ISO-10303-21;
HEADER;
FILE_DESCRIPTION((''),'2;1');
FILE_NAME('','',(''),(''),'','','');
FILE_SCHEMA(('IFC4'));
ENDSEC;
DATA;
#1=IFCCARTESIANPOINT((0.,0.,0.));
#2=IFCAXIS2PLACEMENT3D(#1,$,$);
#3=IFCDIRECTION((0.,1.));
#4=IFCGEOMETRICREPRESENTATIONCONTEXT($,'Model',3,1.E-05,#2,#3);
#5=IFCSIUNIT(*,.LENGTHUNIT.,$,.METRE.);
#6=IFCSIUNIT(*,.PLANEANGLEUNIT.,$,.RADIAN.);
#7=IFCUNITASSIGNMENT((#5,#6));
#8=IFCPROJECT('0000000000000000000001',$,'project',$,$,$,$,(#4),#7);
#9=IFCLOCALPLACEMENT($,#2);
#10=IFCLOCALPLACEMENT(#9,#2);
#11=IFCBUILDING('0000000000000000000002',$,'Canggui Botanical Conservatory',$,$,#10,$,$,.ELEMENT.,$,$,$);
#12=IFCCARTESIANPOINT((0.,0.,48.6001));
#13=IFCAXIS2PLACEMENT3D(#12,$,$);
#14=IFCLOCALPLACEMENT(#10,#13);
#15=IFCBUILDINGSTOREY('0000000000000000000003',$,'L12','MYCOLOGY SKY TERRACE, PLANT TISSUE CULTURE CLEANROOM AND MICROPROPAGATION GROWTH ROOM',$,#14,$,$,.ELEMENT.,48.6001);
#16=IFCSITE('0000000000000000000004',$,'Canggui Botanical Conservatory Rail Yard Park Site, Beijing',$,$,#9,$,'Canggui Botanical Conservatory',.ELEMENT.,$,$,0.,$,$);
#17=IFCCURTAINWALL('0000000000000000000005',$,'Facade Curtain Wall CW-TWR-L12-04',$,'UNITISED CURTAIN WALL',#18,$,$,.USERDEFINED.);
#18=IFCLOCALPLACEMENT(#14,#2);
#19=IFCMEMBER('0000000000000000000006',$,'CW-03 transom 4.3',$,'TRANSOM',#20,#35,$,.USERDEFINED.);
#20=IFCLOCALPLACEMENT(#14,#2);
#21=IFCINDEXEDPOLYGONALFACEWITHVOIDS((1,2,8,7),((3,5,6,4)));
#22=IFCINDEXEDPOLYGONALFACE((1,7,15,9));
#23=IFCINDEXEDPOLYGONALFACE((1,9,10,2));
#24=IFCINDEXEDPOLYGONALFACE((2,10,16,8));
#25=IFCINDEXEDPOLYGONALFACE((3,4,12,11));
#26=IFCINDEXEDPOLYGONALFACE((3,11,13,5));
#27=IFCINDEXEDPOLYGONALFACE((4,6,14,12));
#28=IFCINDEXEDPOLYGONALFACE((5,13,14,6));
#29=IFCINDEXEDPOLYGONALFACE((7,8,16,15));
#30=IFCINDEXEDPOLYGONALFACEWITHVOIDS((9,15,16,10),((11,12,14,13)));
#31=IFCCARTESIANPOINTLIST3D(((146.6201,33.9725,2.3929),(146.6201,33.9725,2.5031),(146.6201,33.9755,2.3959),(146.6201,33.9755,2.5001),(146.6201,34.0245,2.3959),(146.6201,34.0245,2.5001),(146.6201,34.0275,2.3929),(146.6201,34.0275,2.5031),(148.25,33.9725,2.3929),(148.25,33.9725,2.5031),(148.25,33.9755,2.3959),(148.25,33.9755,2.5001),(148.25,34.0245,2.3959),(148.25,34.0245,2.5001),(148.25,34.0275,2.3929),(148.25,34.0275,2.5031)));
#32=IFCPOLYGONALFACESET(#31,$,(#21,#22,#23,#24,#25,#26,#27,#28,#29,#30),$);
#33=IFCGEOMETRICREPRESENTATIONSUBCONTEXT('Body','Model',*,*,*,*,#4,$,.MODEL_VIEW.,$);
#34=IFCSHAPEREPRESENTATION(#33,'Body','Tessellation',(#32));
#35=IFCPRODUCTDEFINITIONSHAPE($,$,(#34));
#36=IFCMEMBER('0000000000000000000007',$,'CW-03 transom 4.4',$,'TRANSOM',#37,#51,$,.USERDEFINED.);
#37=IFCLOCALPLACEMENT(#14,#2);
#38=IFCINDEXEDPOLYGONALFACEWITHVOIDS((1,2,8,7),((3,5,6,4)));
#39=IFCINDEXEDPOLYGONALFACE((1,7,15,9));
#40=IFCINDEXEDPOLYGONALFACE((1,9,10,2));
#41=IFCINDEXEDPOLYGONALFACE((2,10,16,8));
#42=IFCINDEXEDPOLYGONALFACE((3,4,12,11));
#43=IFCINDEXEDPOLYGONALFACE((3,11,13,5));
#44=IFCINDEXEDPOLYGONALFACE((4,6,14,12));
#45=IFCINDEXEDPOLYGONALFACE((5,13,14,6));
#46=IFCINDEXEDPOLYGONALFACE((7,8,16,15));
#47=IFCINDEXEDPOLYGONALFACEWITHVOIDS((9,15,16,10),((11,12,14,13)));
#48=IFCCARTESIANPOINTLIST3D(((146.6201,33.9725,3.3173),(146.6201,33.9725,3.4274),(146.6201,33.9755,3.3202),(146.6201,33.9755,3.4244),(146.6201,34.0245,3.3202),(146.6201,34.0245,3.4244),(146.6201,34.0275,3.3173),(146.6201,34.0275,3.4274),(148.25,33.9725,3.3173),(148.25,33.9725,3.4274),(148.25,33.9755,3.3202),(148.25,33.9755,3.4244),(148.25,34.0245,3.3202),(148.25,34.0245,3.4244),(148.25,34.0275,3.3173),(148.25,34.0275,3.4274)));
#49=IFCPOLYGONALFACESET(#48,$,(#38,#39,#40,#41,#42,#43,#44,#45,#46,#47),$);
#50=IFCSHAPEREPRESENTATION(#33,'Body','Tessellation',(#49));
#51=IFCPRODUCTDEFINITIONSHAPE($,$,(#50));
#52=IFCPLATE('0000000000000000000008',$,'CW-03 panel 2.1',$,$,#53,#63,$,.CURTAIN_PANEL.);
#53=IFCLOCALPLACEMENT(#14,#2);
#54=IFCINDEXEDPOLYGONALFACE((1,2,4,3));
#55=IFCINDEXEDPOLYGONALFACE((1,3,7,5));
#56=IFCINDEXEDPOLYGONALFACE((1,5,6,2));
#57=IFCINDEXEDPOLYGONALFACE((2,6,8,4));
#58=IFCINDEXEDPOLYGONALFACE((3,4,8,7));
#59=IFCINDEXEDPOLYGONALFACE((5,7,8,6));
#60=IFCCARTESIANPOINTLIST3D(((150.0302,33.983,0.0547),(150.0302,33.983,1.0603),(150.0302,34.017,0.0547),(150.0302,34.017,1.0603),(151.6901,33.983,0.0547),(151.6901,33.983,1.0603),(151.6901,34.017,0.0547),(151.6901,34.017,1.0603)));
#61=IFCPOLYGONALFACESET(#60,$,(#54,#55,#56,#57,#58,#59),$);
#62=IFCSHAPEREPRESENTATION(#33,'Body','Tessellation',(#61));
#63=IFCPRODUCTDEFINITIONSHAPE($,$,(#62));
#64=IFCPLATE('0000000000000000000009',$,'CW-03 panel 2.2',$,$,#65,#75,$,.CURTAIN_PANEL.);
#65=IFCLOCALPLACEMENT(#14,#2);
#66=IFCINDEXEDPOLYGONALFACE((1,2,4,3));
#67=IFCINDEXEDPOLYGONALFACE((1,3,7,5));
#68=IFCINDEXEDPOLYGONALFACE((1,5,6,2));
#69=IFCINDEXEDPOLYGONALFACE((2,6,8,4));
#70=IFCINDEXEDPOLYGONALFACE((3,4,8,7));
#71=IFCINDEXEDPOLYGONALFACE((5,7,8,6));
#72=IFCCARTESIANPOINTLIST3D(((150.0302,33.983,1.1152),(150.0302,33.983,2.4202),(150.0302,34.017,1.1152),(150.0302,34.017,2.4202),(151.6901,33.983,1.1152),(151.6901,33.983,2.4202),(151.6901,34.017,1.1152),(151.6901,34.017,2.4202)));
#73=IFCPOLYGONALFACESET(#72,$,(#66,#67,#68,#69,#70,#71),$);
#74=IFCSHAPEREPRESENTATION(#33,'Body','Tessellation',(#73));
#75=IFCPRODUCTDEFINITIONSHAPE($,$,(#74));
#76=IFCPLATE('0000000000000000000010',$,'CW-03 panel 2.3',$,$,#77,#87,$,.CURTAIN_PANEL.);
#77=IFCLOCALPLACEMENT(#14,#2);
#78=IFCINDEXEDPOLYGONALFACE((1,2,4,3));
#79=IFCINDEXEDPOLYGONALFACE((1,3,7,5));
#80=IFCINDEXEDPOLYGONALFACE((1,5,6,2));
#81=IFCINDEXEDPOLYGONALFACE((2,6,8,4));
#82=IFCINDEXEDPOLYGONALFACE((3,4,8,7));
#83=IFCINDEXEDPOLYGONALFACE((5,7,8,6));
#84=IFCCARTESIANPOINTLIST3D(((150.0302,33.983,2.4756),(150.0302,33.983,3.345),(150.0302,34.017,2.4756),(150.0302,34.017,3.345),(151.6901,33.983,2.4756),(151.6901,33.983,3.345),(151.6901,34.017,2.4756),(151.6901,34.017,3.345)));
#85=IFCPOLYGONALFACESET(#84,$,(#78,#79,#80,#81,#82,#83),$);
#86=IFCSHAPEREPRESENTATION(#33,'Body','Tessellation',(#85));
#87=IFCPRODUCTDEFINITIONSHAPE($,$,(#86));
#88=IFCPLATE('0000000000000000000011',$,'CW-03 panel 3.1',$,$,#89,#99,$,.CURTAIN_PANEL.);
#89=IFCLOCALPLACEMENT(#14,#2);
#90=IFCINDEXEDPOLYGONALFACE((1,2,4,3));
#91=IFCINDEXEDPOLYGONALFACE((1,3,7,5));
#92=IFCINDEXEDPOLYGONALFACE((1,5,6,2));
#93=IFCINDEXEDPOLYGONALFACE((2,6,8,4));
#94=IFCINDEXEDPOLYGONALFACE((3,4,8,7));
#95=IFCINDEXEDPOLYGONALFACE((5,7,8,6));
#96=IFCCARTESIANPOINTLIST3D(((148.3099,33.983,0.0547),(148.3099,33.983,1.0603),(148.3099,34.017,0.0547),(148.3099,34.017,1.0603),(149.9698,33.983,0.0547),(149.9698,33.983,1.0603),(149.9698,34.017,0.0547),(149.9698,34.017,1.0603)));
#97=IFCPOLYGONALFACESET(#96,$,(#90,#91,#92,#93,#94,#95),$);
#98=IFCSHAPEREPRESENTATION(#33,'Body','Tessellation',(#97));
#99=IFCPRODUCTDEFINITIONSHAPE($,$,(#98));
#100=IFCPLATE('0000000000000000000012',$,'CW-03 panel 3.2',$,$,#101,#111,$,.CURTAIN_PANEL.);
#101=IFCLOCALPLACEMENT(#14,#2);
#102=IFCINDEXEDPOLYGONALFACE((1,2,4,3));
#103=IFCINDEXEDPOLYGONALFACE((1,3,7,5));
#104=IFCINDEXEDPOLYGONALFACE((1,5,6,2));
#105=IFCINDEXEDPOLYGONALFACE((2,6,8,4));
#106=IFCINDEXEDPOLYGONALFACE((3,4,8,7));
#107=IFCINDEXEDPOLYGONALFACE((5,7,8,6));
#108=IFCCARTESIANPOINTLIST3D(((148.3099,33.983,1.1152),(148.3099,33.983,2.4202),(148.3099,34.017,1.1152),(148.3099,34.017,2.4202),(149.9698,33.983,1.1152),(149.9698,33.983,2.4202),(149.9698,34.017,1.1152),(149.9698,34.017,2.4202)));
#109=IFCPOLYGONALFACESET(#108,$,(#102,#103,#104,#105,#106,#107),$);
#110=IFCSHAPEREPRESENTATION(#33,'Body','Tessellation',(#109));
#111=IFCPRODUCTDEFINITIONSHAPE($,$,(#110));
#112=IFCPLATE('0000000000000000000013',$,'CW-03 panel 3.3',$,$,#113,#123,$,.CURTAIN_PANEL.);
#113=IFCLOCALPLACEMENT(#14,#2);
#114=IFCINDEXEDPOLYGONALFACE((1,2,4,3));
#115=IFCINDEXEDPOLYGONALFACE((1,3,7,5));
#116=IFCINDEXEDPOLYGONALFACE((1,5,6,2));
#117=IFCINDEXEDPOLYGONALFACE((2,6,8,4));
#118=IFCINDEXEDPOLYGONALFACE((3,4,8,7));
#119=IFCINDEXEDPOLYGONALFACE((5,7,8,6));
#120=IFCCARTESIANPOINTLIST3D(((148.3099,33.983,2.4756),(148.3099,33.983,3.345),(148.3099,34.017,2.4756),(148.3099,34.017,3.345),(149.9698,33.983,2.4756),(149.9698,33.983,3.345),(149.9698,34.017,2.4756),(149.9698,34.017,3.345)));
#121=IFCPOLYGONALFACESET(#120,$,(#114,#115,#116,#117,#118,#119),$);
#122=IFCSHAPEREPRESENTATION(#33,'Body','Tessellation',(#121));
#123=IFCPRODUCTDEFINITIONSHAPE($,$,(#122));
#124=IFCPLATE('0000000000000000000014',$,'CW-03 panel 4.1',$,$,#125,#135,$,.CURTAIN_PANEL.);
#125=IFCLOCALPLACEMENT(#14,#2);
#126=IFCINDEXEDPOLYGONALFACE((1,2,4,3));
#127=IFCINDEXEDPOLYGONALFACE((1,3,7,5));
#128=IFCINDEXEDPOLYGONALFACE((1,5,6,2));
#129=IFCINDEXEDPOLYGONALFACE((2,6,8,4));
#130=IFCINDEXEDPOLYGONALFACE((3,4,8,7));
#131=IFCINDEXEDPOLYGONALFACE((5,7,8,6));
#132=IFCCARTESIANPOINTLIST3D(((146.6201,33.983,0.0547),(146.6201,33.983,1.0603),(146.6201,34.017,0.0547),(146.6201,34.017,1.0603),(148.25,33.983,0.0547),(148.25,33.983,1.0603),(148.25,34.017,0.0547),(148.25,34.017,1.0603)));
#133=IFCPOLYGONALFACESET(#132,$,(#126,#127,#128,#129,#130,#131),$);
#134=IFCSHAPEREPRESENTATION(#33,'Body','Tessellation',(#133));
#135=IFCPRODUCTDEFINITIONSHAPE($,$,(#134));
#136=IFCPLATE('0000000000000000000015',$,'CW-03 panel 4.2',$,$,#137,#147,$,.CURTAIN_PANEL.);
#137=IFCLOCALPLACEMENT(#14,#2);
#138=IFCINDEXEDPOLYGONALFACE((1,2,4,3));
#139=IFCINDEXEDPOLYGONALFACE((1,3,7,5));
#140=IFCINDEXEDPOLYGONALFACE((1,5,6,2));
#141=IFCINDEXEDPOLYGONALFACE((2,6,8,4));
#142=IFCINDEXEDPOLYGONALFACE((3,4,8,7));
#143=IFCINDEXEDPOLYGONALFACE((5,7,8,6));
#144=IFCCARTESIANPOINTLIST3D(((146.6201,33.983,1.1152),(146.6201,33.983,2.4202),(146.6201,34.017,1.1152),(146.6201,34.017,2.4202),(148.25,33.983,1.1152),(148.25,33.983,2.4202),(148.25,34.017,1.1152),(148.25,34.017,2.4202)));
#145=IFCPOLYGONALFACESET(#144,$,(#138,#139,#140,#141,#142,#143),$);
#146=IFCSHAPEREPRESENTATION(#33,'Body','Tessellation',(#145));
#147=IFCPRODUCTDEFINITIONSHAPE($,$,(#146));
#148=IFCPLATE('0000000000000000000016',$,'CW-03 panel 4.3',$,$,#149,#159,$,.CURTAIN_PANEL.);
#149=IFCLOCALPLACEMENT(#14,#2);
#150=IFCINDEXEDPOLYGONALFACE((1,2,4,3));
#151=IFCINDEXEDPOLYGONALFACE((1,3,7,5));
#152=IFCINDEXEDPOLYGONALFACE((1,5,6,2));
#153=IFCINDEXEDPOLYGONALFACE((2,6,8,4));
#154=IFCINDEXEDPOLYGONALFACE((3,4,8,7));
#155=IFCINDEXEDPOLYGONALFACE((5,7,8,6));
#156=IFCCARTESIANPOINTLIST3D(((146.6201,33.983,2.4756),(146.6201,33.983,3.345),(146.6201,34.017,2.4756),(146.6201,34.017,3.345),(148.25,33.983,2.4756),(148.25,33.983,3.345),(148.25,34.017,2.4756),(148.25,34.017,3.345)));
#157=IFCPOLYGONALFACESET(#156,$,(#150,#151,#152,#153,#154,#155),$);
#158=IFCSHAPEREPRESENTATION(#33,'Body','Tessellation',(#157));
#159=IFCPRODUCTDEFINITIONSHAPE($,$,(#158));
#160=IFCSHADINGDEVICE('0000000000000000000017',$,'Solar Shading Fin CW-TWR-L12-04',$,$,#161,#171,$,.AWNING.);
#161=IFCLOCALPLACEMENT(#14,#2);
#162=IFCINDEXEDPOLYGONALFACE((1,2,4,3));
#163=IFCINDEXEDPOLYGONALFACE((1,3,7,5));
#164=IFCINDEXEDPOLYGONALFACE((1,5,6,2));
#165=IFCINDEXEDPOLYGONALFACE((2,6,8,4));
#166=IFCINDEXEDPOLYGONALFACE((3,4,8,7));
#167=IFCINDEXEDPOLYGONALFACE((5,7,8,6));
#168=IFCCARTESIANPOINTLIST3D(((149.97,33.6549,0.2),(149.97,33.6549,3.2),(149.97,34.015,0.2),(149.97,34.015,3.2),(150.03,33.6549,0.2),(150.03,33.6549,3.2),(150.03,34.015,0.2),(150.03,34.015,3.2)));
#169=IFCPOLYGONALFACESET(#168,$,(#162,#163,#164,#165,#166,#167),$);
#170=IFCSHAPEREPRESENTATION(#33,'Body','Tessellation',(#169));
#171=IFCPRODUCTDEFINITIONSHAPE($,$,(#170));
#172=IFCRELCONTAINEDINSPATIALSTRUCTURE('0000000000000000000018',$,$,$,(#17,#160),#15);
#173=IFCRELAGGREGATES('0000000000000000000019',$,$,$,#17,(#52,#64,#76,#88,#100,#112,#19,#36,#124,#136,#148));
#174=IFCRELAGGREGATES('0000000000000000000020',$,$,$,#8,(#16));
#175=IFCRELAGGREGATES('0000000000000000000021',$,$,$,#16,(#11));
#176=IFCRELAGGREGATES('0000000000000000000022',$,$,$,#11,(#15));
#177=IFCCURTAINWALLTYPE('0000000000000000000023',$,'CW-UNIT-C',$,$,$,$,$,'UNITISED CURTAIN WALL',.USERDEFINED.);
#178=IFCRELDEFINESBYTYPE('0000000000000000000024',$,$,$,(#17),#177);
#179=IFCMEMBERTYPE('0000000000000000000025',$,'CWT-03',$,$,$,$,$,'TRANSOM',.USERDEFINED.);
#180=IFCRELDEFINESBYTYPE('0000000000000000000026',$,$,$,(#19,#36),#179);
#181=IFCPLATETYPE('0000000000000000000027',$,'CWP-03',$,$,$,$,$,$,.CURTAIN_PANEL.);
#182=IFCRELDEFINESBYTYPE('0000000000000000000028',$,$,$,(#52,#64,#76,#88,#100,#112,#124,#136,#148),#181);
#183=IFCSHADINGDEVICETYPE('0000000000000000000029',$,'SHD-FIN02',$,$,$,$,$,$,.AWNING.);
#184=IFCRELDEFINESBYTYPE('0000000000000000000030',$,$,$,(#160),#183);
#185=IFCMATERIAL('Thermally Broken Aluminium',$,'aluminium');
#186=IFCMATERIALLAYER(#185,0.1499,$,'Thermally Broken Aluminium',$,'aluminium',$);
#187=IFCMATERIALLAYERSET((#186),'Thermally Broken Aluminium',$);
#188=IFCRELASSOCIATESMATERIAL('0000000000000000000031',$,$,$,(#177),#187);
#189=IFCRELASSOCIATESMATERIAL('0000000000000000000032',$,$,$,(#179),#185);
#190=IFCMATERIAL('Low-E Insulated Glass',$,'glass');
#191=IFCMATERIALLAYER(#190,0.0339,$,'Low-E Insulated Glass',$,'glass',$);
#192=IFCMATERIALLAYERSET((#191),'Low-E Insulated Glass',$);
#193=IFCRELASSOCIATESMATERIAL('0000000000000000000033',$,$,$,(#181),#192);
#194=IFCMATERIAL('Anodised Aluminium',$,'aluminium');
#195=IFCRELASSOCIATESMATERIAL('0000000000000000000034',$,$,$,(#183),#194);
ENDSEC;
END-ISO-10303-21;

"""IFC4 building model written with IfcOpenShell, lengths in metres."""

from ifc_helpers import new_model, si_unit, direction, frame, origin, origin_2d, place, context, subcontext, project, spatial, rectangle, hollow_rectangle, extrude, material, layer, layer_set, material_profile, profile_set, type_object, element, aggregate, save


model = new_model("IFC4")

# Units and contexts
model_context = context("Model", 3, precision=1e-05, world=origin(), true_north=direction((0.0, 1.0)))
body_context = subcontext(model_context, "Body", "Model", "MODEL_VIEW")
ifc_project = project(units=[si_unit("LENGTHUNIT", "METRE"), si_unit("PLANEANGLEUNIT", "RADIAN")], contexts=[model_context])

# Site, building, storey
site_placement = place(None, origin())
site = spatial("IfcSite", under=ifc_project, at=site_placement, Name="Canggui Botanical Conservatory Rail Yard Park Site, Beijing", LongName="Canggui Botanical Conservatory", CompositionType="ELEMENT", RefElevation=0.0)
building_placement = place(site_placement, origin())
building = spatial("IfcBuilding", under=site, at=building_placement, Name="Canggui Botanical Conservatory", CompositionType="ELEMENT")
storey_placement = place(building_placement, frame((0.0, 0.0, 48.6001)))
storey = spatial("IfcBuildingStorey", under=building, at=storey_placement, Name="L12", Description="MYCOLOGY SKY TERRACE, PLANT TISSUE CULTURE CLEANROOM AND MICROPROPAGATION GROWTH ROOM", CompositionType="ELEMENT", Elevation=48.6001)

# Curtain wall, members, plates
ifc_material_1 = material(Name="Thermally Broken Aluminium", Category="aluminium")
ifc_layer_1 = layer(ifc_material_1, 0.1499, Name="Thermally Broken Aluminium", Category="aluminium")
ifc_layer_set_1 = layer_set([ifc_layer_1], Name="Thermally Broken Aluminium")
curtain_wall_type = type_object("IfcCurtainWallType", Name="CW-UNIT-C", ElementType="UNITISED CURTAIN WALL", PredefinedType="USERDEFINED", material=ifc_layer_set_1)
curtain_wall_placement = place(storey_placement, origin())
curtain_wall = element("IfcCurtainWall", 1, at=curtain_wall_placement, inside=storey, type_object=curtain_wall_type, Name="Facade Curtain Wall CW-TWR-L12-04", ObjectType="UNITISED CURTAIN WALL", PredefinedType="USERDEFINED")
ifc_material_profile_1 = material_profile(ifc_material_1, hollow_rectangle(XDim=0.0549, YDim=0.1101, WallThickness=0.0029, at=origin_2d()), Name="CWT 55x110x3")
ifc_profile_set_1 = profile_set([ifc_material_profile_1], Name="Thermally Broken Aluminium")
member_type_1 = type_object("IfcMemberType", Name="CWT-03", ElementType="TRANSOM", PredefinedType="USERDEFINED", material=ifc_profile_set_1)
member_1_placement = place(storey_placement, frame((148.25, 34.0, 2.448), z_axis=(-1.0, 0.0, 0.0), x_axis=(0.0, -1.0, 0.0)))
member_1 = element("IfcMember", 2, at=member_1_placement, type_object=member_type_1, Name="CW-03 transom 4.3", ObjectType="TRANSOM", PredefinedType="USERDEFINED", context=body_context, shape_type="SweptSolid", body=[
    extrude(hollow_rectangle(XDim=0.0549, YDim=0.1101, WallThickness=0.0029, at=origin_2d()), origin(), (0.0, 0.0, 1.0), 1.6299),
])
member_2_placement = place(storey_placement, frame((148.25, 34.0, 3.3723), z_axis=(-1.0, 0.0, 0.0), x_axis=(0.0, -1.0, 0.0)))
member_2 = element("IfcMember", 3, at=member_2_placement, type_object=member_type_1, Name="CW-03 transom 4.4", ObjectType="TRANSOM", PredefinedType="USERDEFINED", context=body_context, shape_type="SweptSolid", body=[
    extrude(hollow_rectangle(XDim=0.0549, YDim=0.1101, WallThickness=0.0029, at=origin_2d()), origin(), (0.0, 0.0, 1.0), 1.6299),
])
ifc_material_2 = material(Name="Low-E Insulated Glass", Category="glass")
ifc_layer_2 = layer(ifc_material_2, 0.0339, Name="Low-E Insulated Glass", Category="glass")
ifc_layer_set_2 = layer_set([ifc_layer_2], Name="Low-E Insulated Glass")
plate_type = type_object("IfcPlateType", Name="CWP-03", PredefinedType="CURTAIN_PANEL", material=ifc_layer_set_2)
plate_1_placement = place(storey_placement, frame((150.8601, 34.0, 0.0547), z_axis=(0.0, 0.0, 1.0), x_axis=(-1.0, 0.0, 0.0)))
plate_1 = element("IfcPlate", 4, at=plate_1_placement, type_object=plate_type, Name="CW-03 panel 2.1", PredefinedType="CURTAIN_PANEL", context=body_context, shape_type="SweptSolid", body=[
    extrude(rectangle(XDim=1.6599, YDim=0.0339, at=origin_2d()), origin(), (0.0, 0.0, 1.0), 1.0056),
])
plate_2_placement = place(storey_placement, frame((150.8601, 34.0, 1.1152), z_axis=(0.0, 0.0, 1.0), x_axis=(-1.0, 0.0, 0.0)))
plate_2 = element("IfcPlate", 5, at=plate_2_placement, type_object=plate_type, Name="CW-03 panel 2.2", PredefinedType="CURTAIN_PANEL", context=body_context, shape_type="SweptSolid", body=[
    extrude(rectangle(XDim=1.6599, YDim=0.0339, at=origin_2d()), origin(), (0.0, 0.0, 1.0), 1.3049),
])
plate_3_placement = place(storey_placement, frame((150.8601, 34.0, 2.4756), z_axis=(0.0, 0.0, 1.0), x_axis=(-1.0, 0.0, 0.0)))
plate_3 = element("IfcPlate", 6, at=plate_3_placement, type_object=plate_type, Name="CW-03 panel 2.3", PredefinedType="CURTAIN_PANEL", context=body_context, shape_type="SweptSolid", body=[
    extrude(rectangle(XDim=1.6599, YDim=0.0339, at=origin_2d()), origin(), (0.0, 0.0, 1.0), 0.8694),
])
plate_4_placement = place(storey_placement, frame((149.1399, 34.0, 0.0547), z_axis=(0.0, 0.0, 1.0), x_axis=(-1.0, 0.0, 0.0)))
plate_4 = element("IfcPlate", 7, at=plate_4_placement, type_object=plate_type, Name="CW-03 panel 3.1", PredefinedType="CURTAIN_PANEL", context=body_context, shape_type="SweptSolid", body=[
    extrude(rectangle(XDim=1.6599, YDim=0.0339, at=origin_2d()), origin(), (0.0, 0.0, 1.0), 1.0056),
])
plate_5_placement = place(storey_placement, frame((149.1399, 34.0, 1.1152), z_axis=(0.0, 0.0, 1.0), x_axis=(-1.0, 0.0, 0.0)))
plate_5 = element("IfcPlate", 8, at=plate_5_placement, type_object=plate_type, Name="CW-03 panel 3.2", PredefinedType="CURTAIN_PANEL", context=body_context, shape_type="SweptSolid", body=[
    extrude(rectangle(XDim=1.6599, YDim=0.0339, at=origin_2d()), origin(), (0.0, 0.0, 1.0), 1.3049),
])
plate_6_placement = place(storey_placement, frame((149.1399, 34.0, 2.4756), z_axis=(0.0, 0.0, 1.0), x_axis=(-1.0, 0.0, 0.0)))
plate_6 = element("IfcPlate", 9, at=plate_6_placement, type_object=plate_type, Name="CW-03 panel 3.3", PredefinedType="CURTAIN_PANEL", context=body_context, shape_type="SweptSolid", body=[
    extrude(rectangle(XDim=1.6599, YDim=0.0339, at=origin_2d()), origin(), (0.0, 0.0, 1.0), 0.8694),
])
plate_7_placement = place(storey_placement, frame((147.4351, 34.0, 0.0547), z_axis=(0.0, 0.0, 1.0), x_axis=(-1.0, 0.0, 0.0)))
plate_7 = element("IfcPlate", 10, at=plate_7_placement, type_object=plate_type, Name="CW-03 panel 4.1", PredefinedType="CURTAIN_PANEL", context=body_context, shape_type="SweptSolid", body=[
    extrude(rectangle(XDim=1.6299, YDim=0.0339, at=origin_2d()), origin(), (0.0, 0.0, 1.0), 1.0056),
])
plate_8_placement = place(storey_placement, frame((147.4351, 34.0, 1.1152), z_axis=(0.0, 0.0, 1.0), x_axis=(-1.0, 0.0, 0.0)))
plate_8 = element("IfcPlate", 11, at=plate_8_placement, type_object=plate_type, Name="CW-03 panel 4.2", PredefinedType="CURTAIN_PANEL", context=body_context, shape_type="SweptSolid", body=[
    extrude(rectangle(XDim=1.6299, YDim=0.0339, at=origin_2d()), origin(), (0.0, 0.0, 1.0), 1.3049),
])
plate_9_placement = place(storey_placement, frame((147.4351, 34.0, 2.4756), z_axis=(0.0, 0.0, 1.0), x_axis=(-1.0, 0.0, 0.0)))
plate_9 = element("IfcPlate", 12, at=plate_9_placement, type_object=plate_type, Name="CW-03 panel 4.3", PredefinedType="CURTAIN_PANEL", context=body_context, shape_type="SweptSolid", body=[
    extrude(rectangle(XDim=1.6299, YDim=0.0339, at=origin_2d()), origin(), (0.0, 0.0, 1.0), 0.8694),
])
aggregate(curtain_wall, [plate_1, plate_2, plate_3, plate_4, plate_5, plate_6, member_1, member_2, plate_7, plate_8, plate_9])

# Shading device
ifc_material_3 = material(Name="Anodised Aluminium", Category="aluminium")
shading_device_type = type_object("IfcShadingDeviceType", Name="SHD-FIN02", PredefinedType="AWNING", material=ifc_material_3)
shading_device_placement = place(storey_placement, frame((150.0, 33.835, 0.2), z_axis=(0.0, 0.0, 1.0), x_axis=(-1.0, 0.0, 0.0)))
element("IfcShadingDevice", 13, at=shading_device_placement, inside=storey, type_object=shading_device_type, Name="Solar Shading Fin CW-TWR-L12-04", PredefinedType="AWNING", context=body_context, shape_type="SweptSolid", body=[
    extrude(rectangle(XDim=0.0601, YDim=0.3601, at=origin_2d()), origin(), (0.0, 0.0, 1.0), 3.0),
])

save(model, "model.ifc")
